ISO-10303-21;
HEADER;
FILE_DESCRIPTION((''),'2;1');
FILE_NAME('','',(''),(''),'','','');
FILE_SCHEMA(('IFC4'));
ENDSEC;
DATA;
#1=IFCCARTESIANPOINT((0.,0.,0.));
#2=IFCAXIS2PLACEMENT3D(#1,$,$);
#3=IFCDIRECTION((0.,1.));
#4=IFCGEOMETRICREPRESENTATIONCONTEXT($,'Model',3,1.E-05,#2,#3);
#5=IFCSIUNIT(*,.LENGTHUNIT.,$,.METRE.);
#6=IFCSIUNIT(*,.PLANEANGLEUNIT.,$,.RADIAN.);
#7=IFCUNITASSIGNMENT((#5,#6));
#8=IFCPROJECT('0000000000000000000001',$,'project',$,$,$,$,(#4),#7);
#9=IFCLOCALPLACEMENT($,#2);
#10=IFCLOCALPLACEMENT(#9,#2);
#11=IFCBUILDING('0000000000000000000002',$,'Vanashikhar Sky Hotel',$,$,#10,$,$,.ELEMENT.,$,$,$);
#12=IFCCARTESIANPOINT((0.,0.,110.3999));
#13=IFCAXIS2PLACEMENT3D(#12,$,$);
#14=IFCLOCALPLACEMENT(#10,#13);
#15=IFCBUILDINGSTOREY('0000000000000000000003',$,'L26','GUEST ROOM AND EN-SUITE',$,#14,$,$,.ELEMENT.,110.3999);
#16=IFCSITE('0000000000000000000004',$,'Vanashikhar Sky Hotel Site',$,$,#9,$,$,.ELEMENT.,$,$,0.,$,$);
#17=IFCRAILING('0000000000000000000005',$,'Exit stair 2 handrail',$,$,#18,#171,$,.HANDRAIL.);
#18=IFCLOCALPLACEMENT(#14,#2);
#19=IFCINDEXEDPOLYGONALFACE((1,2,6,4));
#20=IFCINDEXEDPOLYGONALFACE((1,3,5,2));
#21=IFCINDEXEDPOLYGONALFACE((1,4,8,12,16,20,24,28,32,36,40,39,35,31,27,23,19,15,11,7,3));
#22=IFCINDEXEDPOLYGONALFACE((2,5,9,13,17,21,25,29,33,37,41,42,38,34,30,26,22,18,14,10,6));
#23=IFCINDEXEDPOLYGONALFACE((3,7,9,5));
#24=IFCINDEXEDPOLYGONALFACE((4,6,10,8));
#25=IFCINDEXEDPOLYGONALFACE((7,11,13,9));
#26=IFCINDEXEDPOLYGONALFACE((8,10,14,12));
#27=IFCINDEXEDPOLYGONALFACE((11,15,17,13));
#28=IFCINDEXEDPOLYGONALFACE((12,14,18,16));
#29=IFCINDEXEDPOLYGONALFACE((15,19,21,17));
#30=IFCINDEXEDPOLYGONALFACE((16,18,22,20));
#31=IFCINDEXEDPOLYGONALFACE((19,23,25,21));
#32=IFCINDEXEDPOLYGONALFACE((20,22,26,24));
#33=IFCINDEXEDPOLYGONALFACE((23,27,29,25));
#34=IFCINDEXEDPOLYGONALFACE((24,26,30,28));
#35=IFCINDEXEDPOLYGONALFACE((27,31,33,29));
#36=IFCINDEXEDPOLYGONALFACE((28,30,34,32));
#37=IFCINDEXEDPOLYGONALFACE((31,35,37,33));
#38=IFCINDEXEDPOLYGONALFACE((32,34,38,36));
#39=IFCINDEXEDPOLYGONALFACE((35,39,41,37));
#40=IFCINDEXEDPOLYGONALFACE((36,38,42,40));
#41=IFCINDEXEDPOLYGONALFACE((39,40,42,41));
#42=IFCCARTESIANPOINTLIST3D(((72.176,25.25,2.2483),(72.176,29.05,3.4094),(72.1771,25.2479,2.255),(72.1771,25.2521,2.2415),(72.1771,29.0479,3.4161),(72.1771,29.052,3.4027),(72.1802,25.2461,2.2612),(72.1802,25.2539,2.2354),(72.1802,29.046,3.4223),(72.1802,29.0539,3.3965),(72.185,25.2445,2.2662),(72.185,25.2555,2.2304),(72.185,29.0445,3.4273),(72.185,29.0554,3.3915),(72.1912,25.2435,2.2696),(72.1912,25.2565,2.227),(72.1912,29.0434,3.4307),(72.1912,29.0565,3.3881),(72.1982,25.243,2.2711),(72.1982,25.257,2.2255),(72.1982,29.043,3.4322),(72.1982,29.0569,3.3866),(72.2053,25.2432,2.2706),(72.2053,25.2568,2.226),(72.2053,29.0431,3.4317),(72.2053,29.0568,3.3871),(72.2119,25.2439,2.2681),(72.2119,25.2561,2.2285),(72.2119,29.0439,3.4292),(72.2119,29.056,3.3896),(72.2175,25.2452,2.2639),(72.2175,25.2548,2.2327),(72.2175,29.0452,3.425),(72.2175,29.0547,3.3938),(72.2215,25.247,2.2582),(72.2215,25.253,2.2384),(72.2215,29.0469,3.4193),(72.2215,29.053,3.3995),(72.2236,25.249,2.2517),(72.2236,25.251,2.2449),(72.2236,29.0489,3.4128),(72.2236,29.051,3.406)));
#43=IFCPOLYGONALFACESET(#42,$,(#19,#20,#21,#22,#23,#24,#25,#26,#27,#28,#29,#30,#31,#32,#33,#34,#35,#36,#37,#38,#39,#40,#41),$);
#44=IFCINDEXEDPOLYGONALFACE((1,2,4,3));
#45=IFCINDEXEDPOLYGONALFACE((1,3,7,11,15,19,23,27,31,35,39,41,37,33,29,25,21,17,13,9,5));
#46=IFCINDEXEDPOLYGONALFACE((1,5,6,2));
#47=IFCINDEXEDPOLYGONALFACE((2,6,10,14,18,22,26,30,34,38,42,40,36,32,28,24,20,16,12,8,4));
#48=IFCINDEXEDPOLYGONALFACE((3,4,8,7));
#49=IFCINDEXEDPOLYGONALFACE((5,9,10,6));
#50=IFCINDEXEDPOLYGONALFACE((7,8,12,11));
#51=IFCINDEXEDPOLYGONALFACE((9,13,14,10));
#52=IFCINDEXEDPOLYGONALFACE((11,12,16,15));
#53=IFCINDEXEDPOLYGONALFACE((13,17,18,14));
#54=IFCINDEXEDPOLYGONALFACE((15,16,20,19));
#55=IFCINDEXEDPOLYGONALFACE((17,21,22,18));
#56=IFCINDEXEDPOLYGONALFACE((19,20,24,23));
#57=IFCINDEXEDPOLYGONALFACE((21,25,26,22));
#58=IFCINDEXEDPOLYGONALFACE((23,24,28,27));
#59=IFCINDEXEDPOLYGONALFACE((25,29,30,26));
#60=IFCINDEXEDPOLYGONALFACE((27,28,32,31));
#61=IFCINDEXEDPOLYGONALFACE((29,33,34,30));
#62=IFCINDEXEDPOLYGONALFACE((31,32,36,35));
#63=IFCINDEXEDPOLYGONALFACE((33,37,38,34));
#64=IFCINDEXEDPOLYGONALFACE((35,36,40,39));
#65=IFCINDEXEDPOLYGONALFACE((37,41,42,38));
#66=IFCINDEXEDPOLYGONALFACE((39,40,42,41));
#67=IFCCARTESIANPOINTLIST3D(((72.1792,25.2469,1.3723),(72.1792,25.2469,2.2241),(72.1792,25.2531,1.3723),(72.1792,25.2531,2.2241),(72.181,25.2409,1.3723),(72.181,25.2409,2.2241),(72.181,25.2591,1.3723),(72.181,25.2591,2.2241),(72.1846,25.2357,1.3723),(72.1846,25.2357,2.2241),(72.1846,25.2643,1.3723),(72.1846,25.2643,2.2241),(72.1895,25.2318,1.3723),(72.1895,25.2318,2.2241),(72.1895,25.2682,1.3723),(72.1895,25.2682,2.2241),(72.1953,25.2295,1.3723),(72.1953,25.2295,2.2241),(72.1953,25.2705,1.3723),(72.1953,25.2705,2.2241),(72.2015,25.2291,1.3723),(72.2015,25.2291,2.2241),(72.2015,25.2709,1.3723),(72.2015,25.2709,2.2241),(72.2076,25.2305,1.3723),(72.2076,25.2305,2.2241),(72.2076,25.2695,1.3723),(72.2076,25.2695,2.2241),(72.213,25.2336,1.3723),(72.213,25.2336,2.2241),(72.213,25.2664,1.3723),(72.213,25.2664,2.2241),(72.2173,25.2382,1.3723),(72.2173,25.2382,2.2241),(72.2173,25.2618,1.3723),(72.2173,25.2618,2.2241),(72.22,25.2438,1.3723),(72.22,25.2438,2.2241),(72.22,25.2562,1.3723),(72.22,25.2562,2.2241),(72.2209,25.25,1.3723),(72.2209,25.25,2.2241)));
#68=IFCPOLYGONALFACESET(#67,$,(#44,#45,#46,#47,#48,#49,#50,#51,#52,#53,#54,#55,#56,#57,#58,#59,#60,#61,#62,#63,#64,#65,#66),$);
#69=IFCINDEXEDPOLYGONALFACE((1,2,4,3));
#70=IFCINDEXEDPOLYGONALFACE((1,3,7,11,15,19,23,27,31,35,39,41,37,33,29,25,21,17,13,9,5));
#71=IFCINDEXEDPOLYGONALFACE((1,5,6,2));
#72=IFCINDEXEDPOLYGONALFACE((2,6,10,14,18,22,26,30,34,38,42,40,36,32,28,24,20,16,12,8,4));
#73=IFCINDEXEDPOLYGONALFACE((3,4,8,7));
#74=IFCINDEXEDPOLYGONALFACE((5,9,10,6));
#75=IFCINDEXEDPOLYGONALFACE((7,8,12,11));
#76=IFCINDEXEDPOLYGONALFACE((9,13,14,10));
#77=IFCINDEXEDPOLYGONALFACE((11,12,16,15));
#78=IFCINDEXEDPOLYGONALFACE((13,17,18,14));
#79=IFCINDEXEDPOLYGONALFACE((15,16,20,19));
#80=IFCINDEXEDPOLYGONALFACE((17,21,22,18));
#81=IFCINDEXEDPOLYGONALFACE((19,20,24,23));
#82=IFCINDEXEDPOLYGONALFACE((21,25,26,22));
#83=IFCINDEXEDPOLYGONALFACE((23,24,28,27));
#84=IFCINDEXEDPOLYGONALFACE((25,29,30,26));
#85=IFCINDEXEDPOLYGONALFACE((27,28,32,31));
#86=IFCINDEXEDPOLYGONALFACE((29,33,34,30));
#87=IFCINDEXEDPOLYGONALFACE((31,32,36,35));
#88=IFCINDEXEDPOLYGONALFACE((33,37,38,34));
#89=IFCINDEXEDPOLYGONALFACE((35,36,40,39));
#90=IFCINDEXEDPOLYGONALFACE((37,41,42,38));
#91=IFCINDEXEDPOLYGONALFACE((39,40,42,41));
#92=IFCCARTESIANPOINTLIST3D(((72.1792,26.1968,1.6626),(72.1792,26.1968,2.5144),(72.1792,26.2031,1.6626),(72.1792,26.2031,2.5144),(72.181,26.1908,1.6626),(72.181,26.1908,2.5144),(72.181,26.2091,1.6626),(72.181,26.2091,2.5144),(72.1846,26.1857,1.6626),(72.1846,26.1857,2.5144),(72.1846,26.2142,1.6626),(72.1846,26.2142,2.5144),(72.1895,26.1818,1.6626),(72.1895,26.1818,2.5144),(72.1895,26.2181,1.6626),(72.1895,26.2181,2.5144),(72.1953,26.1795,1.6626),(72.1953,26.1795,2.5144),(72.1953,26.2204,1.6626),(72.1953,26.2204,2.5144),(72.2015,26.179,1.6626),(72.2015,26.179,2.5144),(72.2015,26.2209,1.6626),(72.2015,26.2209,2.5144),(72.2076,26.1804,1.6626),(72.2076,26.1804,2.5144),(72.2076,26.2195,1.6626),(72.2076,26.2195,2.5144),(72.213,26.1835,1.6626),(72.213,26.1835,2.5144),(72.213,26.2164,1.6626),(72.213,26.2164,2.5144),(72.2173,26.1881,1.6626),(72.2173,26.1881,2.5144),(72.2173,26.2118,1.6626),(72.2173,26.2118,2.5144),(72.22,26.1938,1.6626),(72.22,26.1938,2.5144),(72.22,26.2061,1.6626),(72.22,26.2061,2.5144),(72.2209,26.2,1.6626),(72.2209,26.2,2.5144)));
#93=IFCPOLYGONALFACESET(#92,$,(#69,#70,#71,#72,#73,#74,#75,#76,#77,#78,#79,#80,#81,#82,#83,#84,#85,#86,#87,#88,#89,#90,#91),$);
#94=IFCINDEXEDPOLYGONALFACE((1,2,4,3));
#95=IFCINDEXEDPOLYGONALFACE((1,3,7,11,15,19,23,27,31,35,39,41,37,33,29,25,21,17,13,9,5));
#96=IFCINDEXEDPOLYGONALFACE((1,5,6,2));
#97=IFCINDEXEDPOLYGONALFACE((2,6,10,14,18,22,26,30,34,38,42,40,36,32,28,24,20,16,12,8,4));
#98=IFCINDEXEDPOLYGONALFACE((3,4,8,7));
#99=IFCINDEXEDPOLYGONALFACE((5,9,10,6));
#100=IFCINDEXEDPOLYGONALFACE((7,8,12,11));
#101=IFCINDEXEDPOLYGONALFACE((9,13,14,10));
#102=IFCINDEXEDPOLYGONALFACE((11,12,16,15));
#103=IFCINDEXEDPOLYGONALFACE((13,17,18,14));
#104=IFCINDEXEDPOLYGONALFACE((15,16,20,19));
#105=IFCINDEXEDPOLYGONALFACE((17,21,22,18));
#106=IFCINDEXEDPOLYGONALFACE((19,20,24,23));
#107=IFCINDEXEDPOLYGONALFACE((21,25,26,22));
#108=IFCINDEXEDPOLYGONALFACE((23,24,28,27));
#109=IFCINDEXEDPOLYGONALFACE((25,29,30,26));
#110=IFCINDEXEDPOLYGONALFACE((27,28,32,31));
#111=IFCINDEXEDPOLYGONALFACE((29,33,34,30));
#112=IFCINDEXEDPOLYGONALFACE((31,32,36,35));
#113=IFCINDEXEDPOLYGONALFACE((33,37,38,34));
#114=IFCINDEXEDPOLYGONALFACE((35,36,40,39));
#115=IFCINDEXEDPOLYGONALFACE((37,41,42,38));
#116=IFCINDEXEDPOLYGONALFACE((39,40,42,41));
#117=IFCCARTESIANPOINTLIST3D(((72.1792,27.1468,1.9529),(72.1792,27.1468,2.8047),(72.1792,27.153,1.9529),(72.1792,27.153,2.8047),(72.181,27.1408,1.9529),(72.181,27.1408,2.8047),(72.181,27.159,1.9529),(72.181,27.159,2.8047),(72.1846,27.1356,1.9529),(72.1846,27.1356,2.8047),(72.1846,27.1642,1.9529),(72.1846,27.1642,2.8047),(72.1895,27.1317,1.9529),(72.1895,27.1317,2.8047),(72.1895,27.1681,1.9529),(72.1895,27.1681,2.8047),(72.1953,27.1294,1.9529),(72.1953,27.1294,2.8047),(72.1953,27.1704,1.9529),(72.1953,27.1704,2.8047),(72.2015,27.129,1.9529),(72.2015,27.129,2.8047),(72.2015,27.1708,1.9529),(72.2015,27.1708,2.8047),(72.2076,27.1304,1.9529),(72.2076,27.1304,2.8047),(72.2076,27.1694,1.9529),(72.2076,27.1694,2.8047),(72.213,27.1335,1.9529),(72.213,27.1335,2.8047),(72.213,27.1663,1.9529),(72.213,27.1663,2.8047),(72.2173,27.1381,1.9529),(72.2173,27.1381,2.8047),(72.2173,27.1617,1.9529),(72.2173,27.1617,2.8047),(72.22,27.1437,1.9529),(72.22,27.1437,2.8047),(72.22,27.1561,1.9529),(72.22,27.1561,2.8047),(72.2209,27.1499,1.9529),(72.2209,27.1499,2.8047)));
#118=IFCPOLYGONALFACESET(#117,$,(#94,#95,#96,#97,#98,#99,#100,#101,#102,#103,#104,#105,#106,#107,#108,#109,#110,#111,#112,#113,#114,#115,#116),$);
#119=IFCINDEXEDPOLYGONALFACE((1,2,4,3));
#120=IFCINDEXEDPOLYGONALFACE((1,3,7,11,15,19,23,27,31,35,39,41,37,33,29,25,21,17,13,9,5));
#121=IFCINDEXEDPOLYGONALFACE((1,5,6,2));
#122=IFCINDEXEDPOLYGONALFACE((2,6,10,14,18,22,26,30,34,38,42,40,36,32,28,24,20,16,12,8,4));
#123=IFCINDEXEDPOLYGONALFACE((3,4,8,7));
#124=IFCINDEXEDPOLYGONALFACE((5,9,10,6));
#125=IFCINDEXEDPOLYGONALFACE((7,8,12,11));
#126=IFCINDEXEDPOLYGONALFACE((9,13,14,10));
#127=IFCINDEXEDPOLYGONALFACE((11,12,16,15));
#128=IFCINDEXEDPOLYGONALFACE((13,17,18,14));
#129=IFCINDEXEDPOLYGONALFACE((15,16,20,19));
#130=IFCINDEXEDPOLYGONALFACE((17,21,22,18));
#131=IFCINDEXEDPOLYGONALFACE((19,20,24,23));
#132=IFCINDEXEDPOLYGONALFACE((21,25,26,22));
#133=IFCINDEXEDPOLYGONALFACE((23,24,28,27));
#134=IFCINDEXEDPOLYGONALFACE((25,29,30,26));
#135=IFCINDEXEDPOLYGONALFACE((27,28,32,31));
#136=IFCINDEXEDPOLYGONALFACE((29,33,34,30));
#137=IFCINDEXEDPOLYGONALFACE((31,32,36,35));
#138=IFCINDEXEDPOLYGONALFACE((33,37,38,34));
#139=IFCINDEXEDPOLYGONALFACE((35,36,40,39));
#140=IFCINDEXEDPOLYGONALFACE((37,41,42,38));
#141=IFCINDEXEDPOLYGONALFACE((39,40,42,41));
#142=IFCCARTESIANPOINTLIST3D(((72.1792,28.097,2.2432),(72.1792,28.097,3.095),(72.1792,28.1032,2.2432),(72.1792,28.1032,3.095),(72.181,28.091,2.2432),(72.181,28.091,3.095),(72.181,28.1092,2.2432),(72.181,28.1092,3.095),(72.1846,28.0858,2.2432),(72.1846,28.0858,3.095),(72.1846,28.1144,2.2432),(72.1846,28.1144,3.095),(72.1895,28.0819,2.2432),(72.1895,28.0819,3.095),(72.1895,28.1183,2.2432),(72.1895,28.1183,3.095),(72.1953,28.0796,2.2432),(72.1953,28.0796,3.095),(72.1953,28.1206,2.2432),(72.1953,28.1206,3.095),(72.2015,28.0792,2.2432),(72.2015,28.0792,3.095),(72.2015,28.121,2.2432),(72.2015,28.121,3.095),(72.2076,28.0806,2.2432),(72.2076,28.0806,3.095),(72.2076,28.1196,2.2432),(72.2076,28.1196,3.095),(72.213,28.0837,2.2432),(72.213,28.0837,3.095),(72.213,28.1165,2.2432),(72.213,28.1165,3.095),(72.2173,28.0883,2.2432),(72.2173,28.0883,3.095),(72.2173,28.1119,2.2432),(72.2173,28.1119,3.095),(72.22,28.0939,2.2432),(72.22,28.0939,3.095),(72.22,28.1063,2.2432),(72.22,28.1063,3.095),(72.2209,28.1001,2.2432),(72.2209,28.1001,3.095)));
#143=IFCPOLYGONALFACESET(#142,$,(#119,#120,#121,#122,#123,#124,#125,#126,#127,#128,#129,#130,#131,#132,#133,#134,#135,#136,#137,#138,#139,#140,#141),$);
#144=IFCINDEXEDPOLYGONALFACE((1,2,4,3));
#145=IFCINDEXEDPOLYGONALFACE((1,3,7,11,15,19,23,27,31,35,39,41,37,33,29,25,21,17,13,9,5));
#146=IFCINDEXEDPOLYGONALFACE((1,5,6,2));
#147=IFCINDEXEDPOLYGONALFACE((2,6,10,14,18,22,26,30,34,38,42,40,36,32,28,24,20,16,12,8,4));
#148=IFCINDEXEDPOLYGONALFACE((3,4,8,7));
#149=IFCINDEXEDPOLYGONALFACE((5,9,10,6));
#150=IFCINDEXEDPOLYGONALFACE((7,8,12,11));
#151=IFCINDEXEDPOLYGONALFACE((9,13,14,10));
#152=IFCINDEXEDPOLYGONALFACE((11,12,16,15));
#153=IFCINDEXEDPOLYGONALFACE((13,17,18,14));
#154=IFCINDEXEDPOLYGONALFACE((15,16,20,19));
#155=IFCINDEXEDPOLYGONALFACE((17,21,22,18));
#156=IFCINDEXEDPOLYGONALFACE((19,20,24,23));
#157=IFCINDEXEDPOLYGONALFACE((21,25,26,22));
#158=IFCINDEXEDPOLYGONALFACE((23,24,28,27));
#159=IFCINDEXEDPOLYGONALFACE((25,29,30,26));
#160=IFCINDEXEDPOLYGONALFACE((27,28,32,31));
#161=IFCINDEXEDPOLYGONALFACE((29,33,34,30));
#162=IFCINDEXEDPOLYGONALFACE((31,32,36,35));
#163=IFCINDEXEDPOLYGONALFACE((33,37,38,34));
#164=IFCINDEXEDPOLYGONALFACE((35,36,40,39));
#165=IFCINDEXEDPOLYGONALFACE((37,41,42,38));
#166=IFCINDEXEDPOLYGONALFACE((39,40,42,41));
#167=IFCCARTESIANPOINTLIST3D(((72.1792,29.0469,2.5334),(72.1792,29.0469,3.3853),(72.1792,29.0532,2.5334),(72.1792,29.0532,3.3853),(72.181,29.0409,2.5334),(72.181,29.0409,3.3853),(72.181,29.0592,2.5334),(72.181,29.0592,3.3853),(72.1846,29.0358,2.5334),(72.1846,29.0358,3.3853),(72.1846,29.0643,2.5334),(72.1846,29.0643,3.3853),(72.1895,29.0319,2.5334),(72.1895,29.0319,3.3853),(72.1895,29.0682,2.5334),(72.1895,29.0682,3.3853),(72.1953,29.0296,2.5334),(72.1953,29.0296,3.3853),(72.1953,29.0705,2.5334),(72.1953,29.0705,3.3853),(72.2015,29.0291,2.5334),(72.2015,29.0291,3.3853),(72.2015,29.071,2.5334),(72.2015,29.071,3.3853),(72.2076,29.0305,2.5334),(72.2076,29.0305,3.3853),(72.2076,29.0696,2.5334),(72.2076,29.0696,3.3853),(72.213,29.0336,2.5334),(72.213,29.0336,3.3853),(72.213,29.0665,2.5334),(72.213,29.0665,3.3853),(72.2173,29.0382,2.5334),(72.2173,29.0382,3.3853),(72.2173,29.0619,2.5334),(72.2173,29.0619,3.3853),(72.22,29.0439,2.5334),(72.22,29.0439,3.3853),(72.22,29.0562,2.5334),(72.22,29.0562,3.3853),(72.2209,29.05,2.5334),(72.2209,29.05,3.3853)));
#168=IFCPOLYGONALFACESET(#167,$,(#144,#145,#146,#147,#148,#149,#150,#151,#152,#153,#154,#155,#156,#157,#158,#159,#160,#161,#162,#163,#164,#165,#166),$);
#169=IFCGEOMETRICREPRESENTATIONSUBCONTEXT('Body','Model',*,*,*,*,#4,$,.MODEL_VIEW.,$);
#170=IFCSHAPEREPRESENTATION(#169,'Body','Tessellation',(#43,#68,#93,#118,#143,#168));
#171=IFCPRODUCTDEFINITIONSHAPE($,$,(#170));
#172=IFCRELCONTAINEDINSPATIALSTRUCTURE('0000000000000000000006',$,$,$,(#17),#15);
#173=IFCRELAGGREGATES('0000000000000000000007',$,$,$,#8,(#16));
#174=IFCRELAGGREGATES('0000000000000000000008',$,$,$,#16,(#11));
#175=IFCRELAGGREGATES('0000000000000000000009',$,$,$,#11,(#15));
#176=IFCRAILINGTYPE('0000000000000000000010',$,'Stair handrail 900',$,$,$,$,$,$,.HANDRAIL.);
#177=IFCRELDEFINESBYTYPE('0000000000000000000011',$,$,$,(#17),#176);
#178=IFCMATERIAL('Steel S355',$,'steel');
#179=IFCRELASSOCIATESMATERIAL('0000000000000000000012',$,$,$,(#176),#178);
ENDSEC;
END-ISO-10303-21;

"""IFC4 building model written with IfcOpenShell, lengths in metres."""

from ifc_helpers import new_model, si_unit, direction, frame, origin, origin_2d, place, context, subcontext, project, spatial, circle, extrude, source, transform, mapped, material, type_object, element, save


model = new_model("IFC4")

# Units and contexts
model_context = context("Model", 3, precision=1e-05, world=origin(), true_north=direction((0.0, 1.0)))
body_context = subcontext(model_context, "Body", "Model", "MODEL_VIEW")
ifc_project = project(units=[si_unit("LENGTHUNIT", "METRE"), si_unit("PLANEANGLEUNIT", "RADIAN")], contexts=[model_context])

# Site, building, storey
site_placement = place(None, origin())
site = spatial("IfcSite", under=ifc_project, at=site_placement, Name="Vanashikhar Sky Hotel Site", CompositionType="ELEMENT", RefElevation=0.0)
building_placement = place(site_placement, origin())
building = spatial("IfcBuilding", under=site, at=building_placement, Name="Vanashikhar Sky Hotel", CompositionType="ELEMENT")
storey_placement = place(building_placement, frame((0.0, 0.0, 110.3999)))
storey = spatial("IfcBuildingStorey", under=building, at=storey_placement, Name="L26", Description="GUEST ROOM AND EN-SUITE", CompositionType="ELEMENT", Elevation=110.3999)

# Railing
ifc_material_1 = material(Name="Steel S355", Category="steel")
railing_type_1 = type_object("IfcRailingType", Name="Stair handrail 900", PredefinedType="HANDRAIL", material=ifc_material_1)
shared_shape_1 = source(origin(), body_context, "Body", "SweptSolid", [
    extrude(circle(Radius=0.0239, at=origin_2d()), frame((0.0, 0.0, 0.876), z_axis=(0.0, 0.956351, 0.29222), x_axis=(-1.0, 0.0, 0.0)), (0.0, 0.0, 1.0), 3.9734),
    extrude(circle(Radius=0.021, at=origin_2d()), origin(), (0.0, 0.0, 1.0), 0.8518),
    extrude(circle(Radius=0.021, at=origin_2d()), frame((0.0, 0.95, 0.2903)), (0.0, 0.0, 1.0), 0.8518),
    extrude(circle(Radius=0.021, at=origin_2d()), frame((0.0, 1.8999, 0.5806)), (0.0, 0.0, 1.0), 0.8518),
    extrude(circle(Radius=0.021, at=origin_2d()), frame((0.0, 2.8501, 0.8708)), (0.0, 0.0, 1.0), 0.8518),
    extrude(circle(Radius=0.021, at=origin_2d()), frame((0.0, 3.8, 1.1611)), (0.0, 0.0, 1.0), 0.8518),
])
for number, where, name in (
    (1, (72.2, 25.25, 1.3723), "Exit stair 2 handrail"),
):
    element("IfcRailing", number, at=place(storey_placement, frame(where)), inside=storey, type_object=railing_type_1, Name=name, PredefinedType="HANDRAIL", context=body_context, shape_type="MappedRepresentation", body=[
        mapped(shared_shape_1, transform((0.0, 0.0, 0.0), scale=1.0)),
    ])

save(model, "model.ifc")
